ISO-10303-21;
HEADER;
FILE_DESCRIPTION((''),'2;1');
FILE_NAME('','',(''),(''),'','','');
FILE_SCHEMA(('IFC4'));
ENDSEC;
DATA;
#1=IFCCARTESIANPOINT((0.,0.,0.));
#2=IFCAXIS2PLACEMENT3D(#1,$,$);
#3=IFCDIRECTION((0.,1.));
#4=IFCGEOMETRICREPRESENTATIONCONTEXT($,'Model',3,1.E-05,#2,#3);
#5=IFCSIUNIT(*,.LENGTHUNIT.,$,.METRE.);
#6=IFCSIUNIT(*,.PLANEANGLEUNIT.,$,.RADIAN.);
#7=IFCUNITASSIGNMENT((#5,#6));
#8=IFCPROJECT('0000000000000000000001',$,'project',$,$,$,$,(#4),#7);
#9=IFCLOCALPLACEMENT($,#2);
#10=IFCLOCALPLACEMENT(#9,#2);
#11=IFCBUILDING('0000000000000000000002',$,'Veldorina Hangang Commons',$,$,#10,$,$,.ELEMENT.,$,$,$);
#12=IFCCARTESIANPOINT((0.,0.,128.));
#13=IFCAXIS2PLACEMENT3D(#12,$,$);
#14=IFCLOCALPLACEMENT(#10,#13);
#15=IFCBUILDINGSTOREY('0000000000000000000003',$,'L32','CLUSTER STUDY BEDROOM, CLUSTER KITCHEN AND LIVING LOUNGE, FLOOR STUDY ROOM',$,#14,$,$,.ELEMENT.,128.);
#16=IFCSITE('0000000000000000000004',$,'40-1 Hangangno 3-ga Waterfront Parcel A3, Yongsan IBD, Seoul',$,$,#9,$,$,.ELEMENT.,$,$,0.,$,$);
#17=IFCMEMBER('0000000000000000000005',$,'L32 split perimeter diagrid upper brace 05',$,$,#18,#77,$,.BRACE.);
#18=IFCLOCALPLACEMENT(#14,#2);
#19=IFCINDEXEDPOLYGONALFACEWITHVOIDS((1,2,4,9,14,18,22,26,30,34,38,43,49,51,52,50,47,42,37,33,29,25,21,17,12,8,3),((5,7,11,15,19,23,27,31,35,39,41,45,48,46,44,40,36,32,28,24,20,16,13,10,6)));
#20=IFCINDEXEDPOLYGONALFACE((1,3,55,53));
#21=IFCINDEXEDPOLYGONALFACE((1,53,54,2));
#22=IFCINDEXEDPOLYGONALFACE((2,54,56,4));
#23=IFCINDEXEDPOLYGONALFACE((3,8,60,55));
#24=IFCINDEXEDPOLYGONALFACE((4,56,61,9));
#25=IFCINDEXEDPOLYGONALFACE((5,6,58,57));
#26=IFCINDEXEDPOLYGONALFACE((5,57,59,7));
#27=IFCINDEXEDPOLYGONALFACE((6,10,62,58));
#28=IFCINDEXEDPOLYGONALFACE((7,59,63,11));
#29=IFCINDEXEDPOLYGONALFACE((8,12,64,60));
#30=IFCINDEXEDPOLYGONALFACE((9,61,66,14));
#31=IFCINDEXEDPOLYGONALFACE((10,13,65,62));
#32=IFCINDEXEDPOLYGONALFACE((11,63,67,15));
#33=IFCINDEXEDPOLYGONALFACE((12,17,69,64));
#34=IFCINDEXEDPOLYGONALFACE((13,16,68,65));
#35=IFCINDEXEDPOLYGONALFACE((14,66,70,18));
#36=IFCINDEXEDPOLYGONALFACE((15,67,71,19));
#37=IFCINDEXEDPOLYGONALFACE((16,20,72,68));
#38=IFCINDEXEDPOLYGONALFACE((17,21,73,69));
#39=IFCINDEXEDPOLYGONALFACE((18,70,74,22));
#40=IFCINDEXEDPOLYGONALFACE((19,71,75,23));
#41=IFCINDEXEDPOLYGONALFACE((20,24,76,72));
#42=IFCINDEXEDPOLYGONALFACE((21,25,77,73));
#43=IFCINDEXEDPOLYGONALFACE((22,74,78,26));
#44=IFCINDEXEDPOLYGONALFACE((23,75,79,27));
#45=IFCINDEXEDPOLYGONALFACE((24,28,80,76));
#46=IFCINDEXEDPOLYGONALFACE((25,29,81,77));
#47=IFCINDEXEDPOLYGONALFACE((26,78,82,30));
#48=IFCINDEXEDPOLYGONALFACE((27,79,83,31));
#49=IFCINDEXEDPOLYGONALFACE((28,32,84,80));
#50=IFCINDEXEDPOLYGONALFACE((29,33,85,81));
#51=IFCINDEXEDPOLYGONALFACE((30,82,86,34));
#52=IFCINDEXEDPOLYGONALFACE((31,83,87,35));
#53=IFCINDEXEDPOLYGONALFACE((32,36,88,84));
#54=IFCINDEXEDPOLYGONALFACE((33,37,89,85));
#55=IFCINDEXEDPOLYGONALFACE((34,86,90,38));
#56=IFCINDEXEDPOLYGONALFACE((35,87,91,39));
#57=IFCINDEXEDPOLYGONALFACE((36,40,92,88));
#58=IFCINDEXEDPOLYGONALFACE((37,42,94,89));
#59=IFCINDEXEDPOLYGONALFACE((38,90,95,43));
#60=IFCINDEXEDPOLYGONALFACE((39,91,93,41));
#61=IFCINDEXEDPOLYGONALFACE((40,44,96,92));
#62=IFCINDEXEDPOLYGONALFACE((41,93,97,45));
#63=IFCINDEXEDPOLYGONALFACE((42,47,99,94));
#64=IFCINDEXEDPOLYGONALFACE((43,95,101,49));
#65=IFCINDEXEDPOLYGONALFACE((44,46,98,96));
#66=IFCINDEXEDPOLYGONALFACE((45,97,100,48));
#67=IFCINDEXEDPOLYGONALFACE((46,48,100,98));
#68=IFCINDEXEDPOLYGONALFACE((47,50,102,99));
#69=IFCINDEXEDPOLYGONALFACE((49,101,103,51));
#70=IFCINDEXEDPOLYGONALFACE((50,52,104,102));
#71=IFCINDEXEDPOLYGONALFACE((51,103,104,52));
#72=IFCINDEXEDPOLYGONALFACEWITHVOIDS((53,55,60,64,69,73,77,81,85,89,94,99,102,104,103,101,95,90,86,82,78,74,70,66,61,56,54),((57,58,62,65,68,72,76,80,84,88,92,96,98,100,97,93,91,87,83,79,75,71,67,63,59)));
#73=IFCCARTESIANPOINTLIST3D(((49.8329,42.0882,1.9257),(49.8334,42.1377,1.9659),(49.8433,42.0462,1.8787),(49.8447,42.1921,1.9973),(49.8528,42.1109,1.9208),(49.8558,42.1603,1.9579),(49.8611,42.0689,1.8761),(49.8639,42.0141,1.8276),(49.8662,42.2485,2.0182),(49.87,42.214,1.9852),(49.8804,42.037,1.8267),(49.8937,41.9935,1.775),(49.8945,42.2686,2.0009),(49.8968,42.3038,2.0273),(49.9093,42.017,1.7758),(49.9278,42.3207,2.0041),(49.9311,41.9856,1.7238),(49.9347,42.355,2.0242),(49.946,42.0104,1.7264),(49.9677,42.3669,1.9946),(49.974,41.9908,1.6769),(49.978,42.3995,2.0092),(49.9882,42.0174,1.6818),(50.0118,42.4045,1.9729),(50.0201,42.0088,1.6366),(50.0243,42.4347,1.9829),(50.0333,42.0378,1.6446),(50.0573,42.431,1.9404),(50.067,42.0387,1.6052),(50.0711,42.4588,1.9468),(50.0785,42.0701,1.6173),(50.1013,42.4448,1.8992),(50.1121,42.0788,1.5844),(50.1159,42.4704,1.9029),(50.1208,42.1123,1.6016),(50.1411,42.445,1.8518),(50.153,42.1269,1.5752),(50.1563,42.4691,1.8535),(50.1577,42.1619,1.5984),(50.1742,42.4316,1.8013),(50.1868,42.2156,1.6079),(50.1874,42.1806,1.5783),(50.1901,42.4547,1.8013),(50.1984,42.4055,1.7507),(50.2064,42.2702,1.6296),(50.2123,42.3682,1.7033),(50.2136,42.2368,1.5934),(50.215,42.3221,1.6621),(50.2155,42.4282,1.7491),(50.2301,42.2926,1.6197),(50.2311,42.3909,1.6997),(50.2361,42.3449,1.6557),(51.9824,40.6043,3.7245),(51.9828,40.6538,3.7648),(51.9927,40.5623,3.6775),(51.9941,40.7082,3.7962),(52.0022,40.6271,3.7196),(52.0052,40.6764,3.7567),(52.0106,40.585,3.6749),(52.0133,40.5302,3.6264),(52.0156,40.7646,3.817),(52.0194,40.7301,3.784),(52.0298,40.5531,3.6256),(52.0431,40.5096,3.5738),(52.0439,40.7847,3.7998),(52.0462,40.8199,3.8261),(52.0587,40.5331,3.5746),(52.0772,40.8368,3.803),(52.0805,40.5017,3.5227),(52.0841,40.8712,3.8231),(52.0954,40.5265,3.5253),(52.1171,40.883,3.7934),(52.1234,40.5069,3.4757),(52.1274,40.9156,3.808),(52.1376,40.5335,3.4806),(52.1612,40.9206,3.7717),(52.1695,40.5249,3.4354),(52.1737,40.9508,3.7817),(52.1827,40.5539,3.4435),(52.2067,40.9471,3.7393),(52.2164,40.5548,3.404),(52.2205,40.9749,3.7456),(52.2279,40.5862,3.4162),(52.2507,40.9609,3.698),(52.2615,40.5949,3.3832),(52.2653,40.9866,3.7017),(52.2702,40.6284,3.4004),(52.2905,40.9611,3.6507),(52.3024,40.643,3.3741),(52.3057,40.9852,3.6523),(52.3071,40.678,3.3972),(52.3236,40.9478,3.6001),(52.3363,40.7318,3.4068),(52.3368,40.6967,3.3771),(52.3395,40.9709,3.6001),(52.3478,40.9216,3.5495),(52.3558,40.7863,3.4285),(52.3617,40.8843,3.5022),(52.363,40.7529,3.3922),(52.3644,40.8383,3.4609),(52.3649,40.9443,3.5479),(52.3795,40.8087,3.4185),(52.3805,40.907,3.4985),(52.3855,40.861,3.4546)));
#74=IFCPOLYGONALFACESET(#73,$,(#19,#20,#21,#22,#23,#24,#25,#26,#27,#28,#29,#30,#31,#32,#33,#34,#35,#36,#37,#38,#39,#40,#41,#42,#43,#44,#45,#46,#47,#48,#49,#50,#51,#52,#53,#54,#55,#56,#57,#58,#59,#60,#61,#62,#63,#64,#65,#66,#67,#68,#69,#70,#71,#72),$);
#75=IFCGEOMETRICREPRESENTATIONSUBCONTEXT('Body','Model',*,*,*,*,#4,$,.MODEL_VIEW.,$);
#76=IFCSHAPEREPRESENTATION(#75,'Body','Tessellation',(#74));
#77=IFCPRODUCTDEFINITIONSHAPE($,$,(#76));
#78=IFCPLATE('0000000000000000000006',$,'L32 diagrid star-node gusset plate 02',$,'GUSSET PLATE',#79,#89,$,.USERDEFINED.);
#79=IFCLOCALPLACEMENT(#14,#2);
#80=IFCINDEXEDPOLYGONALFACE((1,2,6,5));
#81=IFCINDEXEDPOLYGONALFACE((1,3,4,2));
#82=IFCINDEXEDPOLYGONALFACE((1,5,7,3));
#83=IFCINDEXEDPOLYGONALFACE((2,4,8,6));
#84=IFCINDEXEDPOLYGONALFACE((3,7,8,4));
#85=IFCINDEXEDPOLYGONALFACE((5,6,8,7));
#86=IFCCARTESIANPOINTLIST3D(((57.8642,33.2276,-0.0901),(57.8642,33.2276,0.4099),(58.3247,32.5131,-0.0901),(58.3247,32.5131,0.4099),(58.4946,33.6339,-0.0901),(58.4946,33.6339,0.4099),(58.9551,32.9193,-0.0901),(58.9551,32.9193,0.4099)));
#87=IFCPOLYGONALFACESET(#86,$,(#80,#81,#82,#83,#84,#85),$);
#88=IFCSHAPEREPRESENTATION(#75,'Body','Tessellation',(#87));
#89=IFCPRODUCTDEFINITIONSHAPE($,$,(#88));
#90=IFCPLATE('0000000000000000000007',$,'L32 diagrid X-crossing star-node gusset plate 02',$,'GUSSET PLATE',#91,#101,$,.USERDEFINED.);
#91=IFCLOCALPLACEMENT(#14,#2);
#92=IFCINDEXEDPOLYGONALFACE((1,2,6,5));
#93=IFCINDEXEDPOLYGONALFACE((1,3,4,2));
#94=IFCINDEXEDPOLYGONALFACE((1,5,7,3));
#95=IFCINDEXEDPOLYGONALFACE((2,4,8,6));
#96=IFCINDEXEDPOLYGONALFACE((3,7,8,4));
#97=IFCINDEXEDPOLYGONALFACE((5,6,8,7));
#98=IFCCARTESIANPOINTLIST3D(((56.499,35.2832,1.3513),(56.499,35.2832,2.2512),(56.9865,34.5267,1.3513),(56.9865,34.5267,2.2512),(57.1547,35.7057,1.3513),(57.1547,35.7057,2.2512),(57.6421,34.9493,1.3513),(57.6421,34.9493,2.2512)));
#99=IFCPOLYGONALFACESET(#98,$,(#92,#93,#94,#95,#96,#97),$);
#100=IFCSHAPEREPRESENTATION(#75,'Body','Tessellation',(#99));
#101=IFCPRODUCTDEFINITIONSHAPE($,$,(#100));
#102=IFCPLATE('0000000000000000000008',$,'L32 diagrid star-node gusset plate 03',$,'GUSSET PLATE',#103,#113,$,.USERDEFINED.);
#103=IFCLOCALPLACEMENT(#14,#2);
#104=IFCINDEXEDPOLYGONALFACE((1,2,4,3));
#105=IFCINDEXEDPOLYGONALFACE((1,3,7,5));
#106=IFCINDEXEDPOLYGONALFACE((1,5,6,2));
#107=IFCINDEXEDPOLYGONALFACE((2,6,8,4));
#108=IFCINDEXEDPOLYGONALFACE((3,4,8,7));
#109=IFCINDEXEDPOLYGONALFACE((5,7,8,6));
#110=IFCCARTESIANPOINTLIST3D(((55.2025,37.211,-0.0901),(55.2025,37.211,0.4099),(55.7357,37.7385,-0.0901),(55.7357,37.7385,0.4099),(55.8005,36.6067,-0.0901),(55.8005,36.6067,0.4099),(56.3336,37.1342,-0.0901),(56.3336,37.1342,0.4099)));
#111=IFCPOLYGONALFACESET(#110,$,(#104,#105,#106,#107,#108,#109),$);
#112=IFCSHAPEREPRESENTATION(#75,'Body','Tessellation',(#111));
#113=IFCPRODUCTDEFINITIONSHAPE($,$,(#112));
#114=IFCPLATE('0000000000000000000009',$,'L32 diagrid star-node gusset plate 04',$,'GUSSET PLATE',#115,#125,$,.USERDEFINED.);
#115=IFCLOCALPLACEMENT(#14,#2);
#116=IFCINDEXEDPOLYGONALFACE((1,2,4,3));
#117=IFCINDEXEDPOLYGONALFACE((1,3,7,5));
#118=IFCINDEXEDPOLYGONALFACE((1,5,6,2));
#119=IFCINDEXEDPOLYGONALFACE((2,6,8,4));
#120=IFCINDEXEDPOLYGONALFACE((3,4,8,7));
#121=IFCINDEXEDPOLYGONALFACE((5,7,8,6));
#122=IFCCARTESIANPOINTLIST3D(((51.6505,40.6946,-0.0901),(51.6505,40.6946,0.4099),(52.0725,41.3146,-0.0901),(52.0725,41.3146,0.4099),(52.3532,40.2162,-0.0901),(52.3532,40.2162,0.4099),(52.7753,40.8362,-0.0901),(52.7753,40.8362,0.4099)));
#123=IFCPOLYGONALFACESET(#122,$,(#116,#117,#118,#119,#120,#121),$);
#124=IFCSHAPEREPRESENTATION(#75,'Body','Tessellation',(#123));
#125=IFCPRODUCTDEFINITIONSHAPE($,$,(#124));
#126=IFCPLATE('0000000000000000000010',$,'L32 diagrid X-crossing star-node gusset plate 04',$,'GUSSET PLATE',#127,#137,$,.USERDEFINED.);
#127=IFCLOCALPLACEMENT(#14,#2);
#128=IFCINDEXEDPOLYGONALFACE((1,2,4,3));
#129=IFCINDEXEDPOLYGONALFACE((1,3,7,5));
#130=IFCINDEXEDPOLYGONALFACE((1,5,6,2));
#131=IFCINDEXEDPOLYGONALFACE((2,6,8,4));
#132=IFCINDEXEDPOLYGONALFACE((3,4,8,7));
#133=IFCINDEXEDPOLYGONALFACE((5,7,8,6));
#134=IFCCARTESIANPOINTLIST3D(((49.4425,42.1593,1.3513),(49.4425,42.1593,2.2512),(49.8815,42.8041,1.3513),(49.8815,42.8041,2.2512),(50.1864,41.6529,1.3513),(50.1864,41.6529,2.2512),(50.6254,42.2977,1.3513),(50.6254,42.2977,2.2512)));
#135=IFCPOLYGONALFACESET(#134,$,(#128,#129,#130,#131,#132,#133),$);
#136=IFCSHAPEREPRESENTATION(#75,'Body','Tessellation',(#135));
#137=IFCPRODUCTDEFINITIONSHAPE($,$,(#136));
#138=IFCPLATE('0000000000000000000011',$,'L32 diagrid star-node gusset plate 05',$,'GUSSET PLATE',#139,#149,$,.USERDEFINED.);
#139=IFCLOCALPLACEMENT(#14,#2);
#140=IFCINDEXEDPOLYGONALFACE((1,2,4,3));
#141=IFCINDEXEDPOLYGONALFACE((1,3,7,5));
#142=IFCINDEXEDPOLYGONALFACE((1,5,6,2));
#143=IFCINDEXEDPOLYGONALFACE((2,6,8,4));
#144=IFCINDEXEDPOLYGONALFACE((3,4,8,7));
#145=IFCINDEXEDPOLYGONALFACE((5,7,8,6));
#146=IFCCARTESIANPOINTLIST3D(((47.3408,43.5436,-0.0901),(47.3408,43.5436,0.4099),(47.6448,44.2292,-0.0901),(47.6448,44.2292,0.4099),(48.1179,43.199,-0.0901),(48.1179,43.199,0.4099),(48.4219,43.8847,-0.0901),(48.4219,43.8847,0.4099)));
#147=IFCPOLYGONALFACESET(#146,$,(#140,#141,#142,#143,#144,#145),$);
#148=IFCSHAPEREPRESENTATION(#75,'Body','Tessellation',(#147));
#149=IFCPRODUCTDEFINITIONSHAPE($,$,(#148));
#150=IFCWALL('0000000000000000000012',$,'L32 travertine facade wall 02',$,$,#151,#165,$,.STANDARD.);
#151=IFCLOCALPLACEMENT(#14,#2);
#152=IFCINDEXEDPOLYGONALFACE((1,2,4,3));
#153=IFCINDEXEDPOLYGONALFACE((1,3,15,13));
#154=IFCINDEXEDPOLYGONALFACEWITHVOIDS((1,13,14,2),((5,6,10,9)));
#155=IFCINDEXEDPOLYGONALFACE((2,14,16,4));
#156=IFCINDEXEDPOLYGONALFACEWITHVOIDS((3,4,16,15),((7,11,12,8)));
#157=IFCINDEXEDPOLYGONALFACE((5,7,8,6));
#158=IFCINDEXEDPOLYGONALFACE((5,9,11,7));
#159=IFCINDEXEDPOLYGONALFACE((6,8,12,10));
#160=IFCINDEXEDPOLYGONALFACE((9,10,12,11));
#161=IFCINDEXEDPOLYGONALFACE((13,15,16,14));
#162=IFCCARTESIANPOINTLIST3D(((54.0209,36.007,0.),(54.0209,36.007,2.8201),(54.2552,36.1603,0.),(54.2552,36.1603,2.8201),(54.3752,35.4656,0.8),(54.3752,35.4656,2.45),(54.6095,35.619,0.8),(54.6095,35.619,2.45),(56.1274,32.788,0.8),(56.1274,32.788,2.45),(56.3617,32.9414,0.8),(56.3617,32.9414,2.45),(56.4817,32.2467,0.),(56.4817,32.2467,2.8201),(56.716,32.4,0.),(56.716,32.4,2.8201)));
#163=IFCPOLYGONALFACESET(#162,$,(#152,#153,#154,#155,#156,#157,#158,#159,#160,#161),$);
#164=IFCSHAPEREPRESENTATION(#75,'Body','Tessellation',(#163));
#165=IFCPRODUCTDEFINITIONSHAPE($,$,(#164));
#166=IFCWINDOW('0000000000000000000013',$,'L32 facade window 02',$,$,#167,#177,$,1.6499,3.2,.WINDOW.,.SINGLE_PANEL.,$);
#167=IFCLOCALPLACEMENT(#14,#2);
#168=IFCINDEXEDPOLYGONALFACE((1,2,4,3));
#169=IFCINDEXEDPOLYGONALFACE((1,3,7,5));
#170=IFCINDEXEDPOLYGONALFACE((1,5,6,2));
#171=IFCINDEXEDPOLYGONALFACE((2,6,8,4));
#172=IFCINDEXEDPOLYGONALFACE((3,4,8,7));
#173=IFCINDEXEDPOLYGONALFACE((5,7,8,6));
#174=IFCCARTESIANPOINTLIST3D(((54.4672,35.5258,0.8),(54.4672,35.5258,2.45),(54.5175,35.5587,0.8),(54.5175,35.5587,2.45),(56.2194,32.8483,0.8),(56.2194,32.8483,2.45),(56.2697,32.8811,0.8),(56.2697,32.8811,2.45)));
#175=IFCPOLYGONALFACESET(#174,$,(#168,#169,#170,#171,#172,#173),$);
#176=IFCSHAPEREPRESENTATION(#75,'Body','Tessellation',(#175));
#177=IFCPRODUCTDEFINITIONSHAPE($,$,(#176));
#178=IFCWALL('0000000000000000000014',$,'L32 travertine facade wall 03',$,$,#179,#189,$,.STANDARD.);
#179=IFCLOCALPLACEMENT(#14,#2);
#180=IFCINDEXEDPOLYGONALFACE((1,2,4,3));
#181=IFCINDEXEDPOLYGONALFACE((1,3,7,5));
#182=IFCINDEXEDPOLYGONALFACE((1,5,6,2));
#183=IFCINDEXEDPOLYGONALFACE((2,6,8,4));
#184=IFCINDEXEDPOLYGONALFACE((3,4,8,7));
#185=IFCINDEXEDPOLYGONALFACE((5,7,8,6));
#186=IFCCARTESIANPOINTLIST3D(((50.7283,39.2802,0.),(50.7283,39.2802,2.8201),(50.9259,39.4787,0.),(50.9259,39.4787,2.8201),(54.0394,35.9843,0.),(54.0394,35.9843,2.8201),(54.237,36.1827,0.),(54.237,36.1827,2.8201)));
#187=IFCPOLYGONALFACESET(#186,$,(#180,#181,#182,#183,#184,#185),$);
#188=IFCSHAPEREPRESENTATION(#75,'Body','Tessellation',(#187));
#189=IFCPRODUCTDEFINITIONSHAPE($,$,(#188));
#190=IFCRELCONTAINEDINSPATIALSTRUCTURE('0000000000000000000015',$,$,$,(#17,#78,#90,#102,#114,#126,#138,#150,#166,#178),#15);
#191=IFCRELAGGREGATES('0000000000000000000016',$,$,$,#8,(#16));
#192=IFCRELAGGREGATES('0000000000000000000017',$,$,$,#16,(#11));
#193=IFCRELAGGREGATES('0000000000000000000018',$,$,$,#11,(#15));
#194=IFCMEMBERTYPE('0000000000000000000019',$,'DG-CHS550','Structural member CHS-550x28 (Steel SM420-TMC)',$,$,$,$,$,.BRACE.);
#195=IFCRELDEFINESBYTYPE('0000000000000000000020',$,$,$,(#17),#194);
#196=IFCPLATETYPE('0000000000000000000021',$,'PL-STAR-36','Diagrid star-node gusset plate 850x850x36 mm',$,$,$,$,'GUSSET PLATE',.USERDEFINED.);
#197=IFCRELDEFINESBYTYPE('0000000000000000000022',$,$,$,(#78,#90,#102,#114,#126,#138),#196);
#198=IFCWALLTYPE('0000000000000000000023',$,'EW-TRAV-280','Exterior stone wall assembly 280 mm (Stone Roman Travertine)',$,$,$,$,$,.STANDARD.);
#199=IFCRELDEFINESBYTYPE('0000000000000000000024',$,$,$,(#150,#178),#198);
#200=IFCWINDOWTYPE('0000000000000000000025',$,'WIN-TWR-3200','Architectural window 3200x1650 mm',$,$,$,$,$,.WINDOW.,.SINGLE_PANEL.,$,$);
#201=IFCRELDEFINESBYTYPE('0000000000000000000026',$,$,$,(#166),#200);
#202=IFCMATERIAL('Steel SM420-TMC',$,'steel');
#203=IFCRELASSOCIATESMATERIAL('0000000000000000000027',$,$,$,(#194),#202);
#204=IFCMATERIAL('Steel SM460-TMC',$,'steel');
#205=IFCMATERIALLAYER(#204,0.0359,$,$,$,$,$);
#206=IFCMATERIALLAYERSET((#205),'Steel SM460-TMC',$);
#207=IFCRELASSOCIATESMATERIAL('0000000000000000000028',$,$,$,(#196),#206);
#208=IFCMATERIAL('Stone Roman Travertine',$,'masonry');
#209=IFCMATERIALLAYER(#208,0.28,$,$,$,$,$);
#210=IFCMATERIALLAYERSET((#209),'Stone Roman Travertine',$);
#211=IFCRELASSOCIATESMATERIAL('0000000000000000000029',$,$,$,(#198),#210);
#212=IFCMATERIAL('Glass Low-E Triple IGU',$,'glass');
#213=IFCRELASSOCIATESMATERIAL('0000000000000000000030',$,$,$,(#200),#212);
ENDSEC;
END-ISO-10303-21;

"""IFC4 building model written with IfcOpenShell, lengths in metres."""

from ifc_helpers import new_model, si_unit, direction, frame, frame_2d, origin, origin_2d, place, context, subcontext, project, spatial, rectangle, hollow_circle, extrude, material, layer, layer_set, material_profile, profile_set, type_object, element, fill, save


model = new_model("IFC4")

# Units and contexts
model_context = context("Model", 3, precision=1e-05, world=origin(), true_north=direction((0.0, 1.0)))
body_context = subcontext(model_context, "Body", "Model", "MODEL_VIEW")
ifc_project = project(units=[si_unit("LENGTHUNIT", "METRE"), si_unit("PLANEANGLEUNIT", "RADIAN")], contexts=[model_context])

# Site, building, storey
site_placement = place(None, origin())
site = spatial("IfcSite", under=ifc_project, at=site_placement, Name="40-1 Hangangno 3-ga Waterfront Parcel A3, Yongsan IBD, Seoul", CompositionType="ELEMENT", RefElevation=0.0)
building_placement = place(site_placement, origin())
building = spatial("IfcBuilding", under=site, at=building_placement, Name="Veldorina Hangang Commons", CompositionType="ELEMENT")
storey_placement = place(building_placement, frame((0.0, 0.0, 128.0)))
storey = spatial("IfcBuildingStorey", under=building, at=storey_placement, Name="L32", Description="CLUSTER STUDY BEDROOM, CLUSTER KITCHEN AND LIVING LOUNGE, FLOOR STUDY ROOM", CompositionType="ELEMENT", Elevation=128.0)

# Shared definitions
ifc_material_1 = material(Name="Steel SM420-TMC", Category="steel")

# Member
ifc_material_profile_1 = material_profile(ifc_material_1, hollow_circle(Radius=0.2749, WallThickness=0.0281, at=origin_2d()), Name="CHS-550x28")
ifc_profile_set_1 = profile_set([ifc_material_profile_1], Name="Steel SM420-TMC")
member_type = type_object("IfcMemberType", Name="DG-CHS550", Description="Structural member CHS-550x28 (Steel SM420-TMC)", PredefinedType="BRACE", material=ifc_profile_set_1)
member_1_placement = place(storey_placement, frame((50.0339, 42.2285, 1.8013), z_axis=(0.677752, -0.467899, 0.567206), x_axis=(0.56813, 0.822939, 0.0)))
element("IfcMember", 1, at=member_1_placement, inside=storey, type_object=member_type, Name="L32 split perimeter diagrid upper brace 05", PredefinedType="BRACE", context=body_context, shape_type="SweptSolid", body=[
    extrude(hollow_circle(Radius=0.2749, WallThickness=0.0281, at=origin_2d()), origin(), (0.0, 0.0, 1.0), 3.1714),
])

# Plates
ifc_material_2 = material(Name="Steel SM460-TMC", Category="steel")
ifc_layer_1 = layer(ifc_material_2, 0.0359)
ifc_layer_set_1 = layer_set([ifc_layer_1], Name="Steel SM460-TMC")
plate_type = type_object("IfcPlateType", Name="PL-STAR-36", Description="Diagrid star-node gusset plate 850x850x36 mm", ElementType="GUSSET PLATE", PredefinedType="USERDEFINED", material=ifc_layer_set_1)
plate_1_placement = place(storey_placement, frame((58.4097, 33.0735, -0.0901), z_axis=(0.0, 0.0, 1.0), x_axis=(-0.541694, 0.840576, 0.0)))
element("IfcPlate", 2, at=plate_1_placement, inside=storey, type_object=plate_type, Name="L32 diagrid star-node gusset plate 02", ObjectType="GUSSET PLATE", PredefinedType="USERDEFINED", context=body_context, shape_type="SweptSolid", body=[
    extrude(rectangle(XDim=0.8501, YDim=0.75, at=origin_2d()), origin(), (0.0, 0.0, 1.0), 0.5),
])
plate_2_placement = place(storey_placement, frame((57.0706, 35.1162, 1.3513), z_axis=(0.0, 0.0, 1.0), x_axis=(-0.541694, 0.840576, 0.0)))
element("IfcPlate", 3, at=plate_2_placement, inside=storey, type_object=plate_type, Name="L32 diagrid X-crossing star-node gusset plate 02", ObjectType="GUSSET PLATE", PredefinedType="USERDEFINED", context=body_context, shape_type="SweptSolid", body=[
    extrude(rectangle(XDim=0.8999, YDim=0.78, at=origin_2d()), origin(), (0.0, 0.0, 1.0), 0.8999),
])
for number, where, z_axis, x_axis, name in (
    (4, (55.7681, 37.1726, -0.0901), (0.0, 0.0, 1.0), (-0.703345, 0.710849, 0.0), "L32 diagrid star-node gusset plate 03"),
    (5, (52.2129, 40.7654, -0.0901), (0.0, 0.0, 1.0), (-0.826649, 0.562718, 0.0), "L32 diagrid star-node gusset plate 04"),
):
    element("IfcPlate", number, at=place(storey_placement, frame(where, z_axis=z_axis, x_axis=x_axis)), inside=storey, type_object=plate_type, Name=name, ObjectType="GUSSET PLATE", PredefinedType="USERDEFINED", context=body_context, shape_type="SweptSolid", body=[
        extrude(rectangle(XDim=0.8501, YDim=0.75, at=origin_2d()), origin(), (0.0, 0.0, 1.0), 0.5),
    ])
plate_3_placement = place(storey_placement, frame((50.0339, 42.2285, 1.3513), z_axis=(0.0, 0.0, 1.0), x_axis=(-0.826649, 0.562718, 0.0)))
element("IfcPlate", 6, at=plate_3_placement, inside=storey, type_object=plate_type, Name="L32 diagrid X-crossing star-node gusset plate 04", ObjectType="GUSSET PLATE", PredefinedType="USERDEFINED", context=body_context, shape_type="SweptSolid", body=[
    extrude(rectangle(XDim=0.8999, YDim=0.78, at=origin_2d()), origin(), (0.0, 0.0, 1.0), 0.8999),
])
plate_4_placement = place(storey_placement, frame((47.8813, 43.7141, -0.0901), z_axis=(0.0, 0.0, 1.0), x_axis=(-0.91419, 0.405285, 0.0)))
element("IfcPlate", 7, at=plate_4_placement, inside=storey, type_object=plate_type, Name="L32 diagrid star-node gusset plate 05", ObjectType="GUSSET PLATE", PredefinedType="USERDEFINED", context=body_context, shape_type="SweptSolid", body=[
    extrude(rectangle(XDim=0.8501, YDim=0.75, at=origin_2d()), origin(), (0.0, 0.0, 1.0), 0.5),
])

# Wall, opening, window
ifc_material_3 = material(Name="Stone Roman Travertine", Category="masonry")
ifc_layer_2 = layer(ifc_material_3, 0.28)
ifc_layer_set_2 = layer_set([ifc_layer_2], Name="Stone Roman Travertine")
wall_type_1 = type_object("IfcWallType", Name="EW-TRAV-280", Description="Exterior stone wall assembly 280 mm (Stone Roman Travertine)", PredefinedType="STANDARD", material=ifc_layer_set_2)
wall_1_placement = place(storey_placement, frame((56.5989, 32.3232, 0.0), z_axis=(0.0, 0.0, 1.0), x_axis=(-0.547571, 0.836759, 0.0)))
wall_1 = element("IfcWall", 8, at=wall_1_placement, inside=storey, type_object=wall_type_1, Name="L32 travertine facade wall 02", PredefinedType="STANDARD", context=body_context, shape_type="SweptSolid", body=[
    extrude(rectangle(XDim=4.4939, YDim=0.28, at=frame_2d((2.2471, 0.0))), origin(), (0.0, 0.0, 1.0), 2.8201),
])
opening_1_placement = place(wall_1_placement, frame((0.647, 0.0, 0.8)))
opening_1 = element("IfcOpeningElement", 9, at=opening_1_placement, cuts=wall_1, PredefinedType="OPENING", context=body_context, shape_type="SweptSolid", body=[
    extrude(rectangle(XDim=3.2, YDim=1.6499, at=frame_2d((1.6001, 0.825))), frame((0.0, 0.1499, 0.0), z_axis=(0.0, -1.0, 0.0), x_axis=(1.0, 0.0, 0.0)), (0.0, 0.0, 1.0), 0.3),
])
ifc_material_4 = material(Name="Glass Low-E Triple IGU", Category="glass")
window_type = type_object("IfcWindowType", Name="WIN-TWR-3200", Description="Architectural window 3200x1650 mm", PartitioningType="SINGLE_PANEL", PredefinedType="WINDOW", material=ifc_material_4)
window_1_placement = place(opening_1_placement, origin())
window_1 = element("IfcWindow", 10, at=window_1_placement, inside=storey, type_object=window_type, Name="L32 facade window 02", OverallHeight=1.6499, OverallWidth=3.2, PartitioningType="SINGLE_PANEL", PredefinedType="WINDOW", context=body_context, shape_type="SweptSolid", body=[
    extrude(rectangle(XDim=3.2, YDim=1.6499, at=frame_2d((1.6001, 0.825))), frame((0.0, 0.03, 0.0), z_axis=(0.0, -1.0, 0.0), x_axis=(1.0, 0.0, 0.0)), (0.0, 0.0, 1.0), 0.0601),
])
fill(opening_1, window_1)

# Wall
wall_2_placement = place(storey_placement, frame((54.1382, 36.0835, 0.0), z_axis=(0.0, 0.0, 1.0), x_axis=(-0.708725, 0.705485, 0.0)))
element("IfcWall", 11, at=wall_2_placement, inside=storey, type_object=wall_type_1, Name="L32 travertine facade wall 03", PredefinedType="STANDARD", context=body_context, shape_type="SweptSolid", body=[
    extrude(rectangle(XDim=4.6719, YDim=0.28, at=frame_2d((2.3359, 0.0))), origin(), (0.0, 0.0, 1.0), 2.8201),
])

save(model, "model.ifc")
